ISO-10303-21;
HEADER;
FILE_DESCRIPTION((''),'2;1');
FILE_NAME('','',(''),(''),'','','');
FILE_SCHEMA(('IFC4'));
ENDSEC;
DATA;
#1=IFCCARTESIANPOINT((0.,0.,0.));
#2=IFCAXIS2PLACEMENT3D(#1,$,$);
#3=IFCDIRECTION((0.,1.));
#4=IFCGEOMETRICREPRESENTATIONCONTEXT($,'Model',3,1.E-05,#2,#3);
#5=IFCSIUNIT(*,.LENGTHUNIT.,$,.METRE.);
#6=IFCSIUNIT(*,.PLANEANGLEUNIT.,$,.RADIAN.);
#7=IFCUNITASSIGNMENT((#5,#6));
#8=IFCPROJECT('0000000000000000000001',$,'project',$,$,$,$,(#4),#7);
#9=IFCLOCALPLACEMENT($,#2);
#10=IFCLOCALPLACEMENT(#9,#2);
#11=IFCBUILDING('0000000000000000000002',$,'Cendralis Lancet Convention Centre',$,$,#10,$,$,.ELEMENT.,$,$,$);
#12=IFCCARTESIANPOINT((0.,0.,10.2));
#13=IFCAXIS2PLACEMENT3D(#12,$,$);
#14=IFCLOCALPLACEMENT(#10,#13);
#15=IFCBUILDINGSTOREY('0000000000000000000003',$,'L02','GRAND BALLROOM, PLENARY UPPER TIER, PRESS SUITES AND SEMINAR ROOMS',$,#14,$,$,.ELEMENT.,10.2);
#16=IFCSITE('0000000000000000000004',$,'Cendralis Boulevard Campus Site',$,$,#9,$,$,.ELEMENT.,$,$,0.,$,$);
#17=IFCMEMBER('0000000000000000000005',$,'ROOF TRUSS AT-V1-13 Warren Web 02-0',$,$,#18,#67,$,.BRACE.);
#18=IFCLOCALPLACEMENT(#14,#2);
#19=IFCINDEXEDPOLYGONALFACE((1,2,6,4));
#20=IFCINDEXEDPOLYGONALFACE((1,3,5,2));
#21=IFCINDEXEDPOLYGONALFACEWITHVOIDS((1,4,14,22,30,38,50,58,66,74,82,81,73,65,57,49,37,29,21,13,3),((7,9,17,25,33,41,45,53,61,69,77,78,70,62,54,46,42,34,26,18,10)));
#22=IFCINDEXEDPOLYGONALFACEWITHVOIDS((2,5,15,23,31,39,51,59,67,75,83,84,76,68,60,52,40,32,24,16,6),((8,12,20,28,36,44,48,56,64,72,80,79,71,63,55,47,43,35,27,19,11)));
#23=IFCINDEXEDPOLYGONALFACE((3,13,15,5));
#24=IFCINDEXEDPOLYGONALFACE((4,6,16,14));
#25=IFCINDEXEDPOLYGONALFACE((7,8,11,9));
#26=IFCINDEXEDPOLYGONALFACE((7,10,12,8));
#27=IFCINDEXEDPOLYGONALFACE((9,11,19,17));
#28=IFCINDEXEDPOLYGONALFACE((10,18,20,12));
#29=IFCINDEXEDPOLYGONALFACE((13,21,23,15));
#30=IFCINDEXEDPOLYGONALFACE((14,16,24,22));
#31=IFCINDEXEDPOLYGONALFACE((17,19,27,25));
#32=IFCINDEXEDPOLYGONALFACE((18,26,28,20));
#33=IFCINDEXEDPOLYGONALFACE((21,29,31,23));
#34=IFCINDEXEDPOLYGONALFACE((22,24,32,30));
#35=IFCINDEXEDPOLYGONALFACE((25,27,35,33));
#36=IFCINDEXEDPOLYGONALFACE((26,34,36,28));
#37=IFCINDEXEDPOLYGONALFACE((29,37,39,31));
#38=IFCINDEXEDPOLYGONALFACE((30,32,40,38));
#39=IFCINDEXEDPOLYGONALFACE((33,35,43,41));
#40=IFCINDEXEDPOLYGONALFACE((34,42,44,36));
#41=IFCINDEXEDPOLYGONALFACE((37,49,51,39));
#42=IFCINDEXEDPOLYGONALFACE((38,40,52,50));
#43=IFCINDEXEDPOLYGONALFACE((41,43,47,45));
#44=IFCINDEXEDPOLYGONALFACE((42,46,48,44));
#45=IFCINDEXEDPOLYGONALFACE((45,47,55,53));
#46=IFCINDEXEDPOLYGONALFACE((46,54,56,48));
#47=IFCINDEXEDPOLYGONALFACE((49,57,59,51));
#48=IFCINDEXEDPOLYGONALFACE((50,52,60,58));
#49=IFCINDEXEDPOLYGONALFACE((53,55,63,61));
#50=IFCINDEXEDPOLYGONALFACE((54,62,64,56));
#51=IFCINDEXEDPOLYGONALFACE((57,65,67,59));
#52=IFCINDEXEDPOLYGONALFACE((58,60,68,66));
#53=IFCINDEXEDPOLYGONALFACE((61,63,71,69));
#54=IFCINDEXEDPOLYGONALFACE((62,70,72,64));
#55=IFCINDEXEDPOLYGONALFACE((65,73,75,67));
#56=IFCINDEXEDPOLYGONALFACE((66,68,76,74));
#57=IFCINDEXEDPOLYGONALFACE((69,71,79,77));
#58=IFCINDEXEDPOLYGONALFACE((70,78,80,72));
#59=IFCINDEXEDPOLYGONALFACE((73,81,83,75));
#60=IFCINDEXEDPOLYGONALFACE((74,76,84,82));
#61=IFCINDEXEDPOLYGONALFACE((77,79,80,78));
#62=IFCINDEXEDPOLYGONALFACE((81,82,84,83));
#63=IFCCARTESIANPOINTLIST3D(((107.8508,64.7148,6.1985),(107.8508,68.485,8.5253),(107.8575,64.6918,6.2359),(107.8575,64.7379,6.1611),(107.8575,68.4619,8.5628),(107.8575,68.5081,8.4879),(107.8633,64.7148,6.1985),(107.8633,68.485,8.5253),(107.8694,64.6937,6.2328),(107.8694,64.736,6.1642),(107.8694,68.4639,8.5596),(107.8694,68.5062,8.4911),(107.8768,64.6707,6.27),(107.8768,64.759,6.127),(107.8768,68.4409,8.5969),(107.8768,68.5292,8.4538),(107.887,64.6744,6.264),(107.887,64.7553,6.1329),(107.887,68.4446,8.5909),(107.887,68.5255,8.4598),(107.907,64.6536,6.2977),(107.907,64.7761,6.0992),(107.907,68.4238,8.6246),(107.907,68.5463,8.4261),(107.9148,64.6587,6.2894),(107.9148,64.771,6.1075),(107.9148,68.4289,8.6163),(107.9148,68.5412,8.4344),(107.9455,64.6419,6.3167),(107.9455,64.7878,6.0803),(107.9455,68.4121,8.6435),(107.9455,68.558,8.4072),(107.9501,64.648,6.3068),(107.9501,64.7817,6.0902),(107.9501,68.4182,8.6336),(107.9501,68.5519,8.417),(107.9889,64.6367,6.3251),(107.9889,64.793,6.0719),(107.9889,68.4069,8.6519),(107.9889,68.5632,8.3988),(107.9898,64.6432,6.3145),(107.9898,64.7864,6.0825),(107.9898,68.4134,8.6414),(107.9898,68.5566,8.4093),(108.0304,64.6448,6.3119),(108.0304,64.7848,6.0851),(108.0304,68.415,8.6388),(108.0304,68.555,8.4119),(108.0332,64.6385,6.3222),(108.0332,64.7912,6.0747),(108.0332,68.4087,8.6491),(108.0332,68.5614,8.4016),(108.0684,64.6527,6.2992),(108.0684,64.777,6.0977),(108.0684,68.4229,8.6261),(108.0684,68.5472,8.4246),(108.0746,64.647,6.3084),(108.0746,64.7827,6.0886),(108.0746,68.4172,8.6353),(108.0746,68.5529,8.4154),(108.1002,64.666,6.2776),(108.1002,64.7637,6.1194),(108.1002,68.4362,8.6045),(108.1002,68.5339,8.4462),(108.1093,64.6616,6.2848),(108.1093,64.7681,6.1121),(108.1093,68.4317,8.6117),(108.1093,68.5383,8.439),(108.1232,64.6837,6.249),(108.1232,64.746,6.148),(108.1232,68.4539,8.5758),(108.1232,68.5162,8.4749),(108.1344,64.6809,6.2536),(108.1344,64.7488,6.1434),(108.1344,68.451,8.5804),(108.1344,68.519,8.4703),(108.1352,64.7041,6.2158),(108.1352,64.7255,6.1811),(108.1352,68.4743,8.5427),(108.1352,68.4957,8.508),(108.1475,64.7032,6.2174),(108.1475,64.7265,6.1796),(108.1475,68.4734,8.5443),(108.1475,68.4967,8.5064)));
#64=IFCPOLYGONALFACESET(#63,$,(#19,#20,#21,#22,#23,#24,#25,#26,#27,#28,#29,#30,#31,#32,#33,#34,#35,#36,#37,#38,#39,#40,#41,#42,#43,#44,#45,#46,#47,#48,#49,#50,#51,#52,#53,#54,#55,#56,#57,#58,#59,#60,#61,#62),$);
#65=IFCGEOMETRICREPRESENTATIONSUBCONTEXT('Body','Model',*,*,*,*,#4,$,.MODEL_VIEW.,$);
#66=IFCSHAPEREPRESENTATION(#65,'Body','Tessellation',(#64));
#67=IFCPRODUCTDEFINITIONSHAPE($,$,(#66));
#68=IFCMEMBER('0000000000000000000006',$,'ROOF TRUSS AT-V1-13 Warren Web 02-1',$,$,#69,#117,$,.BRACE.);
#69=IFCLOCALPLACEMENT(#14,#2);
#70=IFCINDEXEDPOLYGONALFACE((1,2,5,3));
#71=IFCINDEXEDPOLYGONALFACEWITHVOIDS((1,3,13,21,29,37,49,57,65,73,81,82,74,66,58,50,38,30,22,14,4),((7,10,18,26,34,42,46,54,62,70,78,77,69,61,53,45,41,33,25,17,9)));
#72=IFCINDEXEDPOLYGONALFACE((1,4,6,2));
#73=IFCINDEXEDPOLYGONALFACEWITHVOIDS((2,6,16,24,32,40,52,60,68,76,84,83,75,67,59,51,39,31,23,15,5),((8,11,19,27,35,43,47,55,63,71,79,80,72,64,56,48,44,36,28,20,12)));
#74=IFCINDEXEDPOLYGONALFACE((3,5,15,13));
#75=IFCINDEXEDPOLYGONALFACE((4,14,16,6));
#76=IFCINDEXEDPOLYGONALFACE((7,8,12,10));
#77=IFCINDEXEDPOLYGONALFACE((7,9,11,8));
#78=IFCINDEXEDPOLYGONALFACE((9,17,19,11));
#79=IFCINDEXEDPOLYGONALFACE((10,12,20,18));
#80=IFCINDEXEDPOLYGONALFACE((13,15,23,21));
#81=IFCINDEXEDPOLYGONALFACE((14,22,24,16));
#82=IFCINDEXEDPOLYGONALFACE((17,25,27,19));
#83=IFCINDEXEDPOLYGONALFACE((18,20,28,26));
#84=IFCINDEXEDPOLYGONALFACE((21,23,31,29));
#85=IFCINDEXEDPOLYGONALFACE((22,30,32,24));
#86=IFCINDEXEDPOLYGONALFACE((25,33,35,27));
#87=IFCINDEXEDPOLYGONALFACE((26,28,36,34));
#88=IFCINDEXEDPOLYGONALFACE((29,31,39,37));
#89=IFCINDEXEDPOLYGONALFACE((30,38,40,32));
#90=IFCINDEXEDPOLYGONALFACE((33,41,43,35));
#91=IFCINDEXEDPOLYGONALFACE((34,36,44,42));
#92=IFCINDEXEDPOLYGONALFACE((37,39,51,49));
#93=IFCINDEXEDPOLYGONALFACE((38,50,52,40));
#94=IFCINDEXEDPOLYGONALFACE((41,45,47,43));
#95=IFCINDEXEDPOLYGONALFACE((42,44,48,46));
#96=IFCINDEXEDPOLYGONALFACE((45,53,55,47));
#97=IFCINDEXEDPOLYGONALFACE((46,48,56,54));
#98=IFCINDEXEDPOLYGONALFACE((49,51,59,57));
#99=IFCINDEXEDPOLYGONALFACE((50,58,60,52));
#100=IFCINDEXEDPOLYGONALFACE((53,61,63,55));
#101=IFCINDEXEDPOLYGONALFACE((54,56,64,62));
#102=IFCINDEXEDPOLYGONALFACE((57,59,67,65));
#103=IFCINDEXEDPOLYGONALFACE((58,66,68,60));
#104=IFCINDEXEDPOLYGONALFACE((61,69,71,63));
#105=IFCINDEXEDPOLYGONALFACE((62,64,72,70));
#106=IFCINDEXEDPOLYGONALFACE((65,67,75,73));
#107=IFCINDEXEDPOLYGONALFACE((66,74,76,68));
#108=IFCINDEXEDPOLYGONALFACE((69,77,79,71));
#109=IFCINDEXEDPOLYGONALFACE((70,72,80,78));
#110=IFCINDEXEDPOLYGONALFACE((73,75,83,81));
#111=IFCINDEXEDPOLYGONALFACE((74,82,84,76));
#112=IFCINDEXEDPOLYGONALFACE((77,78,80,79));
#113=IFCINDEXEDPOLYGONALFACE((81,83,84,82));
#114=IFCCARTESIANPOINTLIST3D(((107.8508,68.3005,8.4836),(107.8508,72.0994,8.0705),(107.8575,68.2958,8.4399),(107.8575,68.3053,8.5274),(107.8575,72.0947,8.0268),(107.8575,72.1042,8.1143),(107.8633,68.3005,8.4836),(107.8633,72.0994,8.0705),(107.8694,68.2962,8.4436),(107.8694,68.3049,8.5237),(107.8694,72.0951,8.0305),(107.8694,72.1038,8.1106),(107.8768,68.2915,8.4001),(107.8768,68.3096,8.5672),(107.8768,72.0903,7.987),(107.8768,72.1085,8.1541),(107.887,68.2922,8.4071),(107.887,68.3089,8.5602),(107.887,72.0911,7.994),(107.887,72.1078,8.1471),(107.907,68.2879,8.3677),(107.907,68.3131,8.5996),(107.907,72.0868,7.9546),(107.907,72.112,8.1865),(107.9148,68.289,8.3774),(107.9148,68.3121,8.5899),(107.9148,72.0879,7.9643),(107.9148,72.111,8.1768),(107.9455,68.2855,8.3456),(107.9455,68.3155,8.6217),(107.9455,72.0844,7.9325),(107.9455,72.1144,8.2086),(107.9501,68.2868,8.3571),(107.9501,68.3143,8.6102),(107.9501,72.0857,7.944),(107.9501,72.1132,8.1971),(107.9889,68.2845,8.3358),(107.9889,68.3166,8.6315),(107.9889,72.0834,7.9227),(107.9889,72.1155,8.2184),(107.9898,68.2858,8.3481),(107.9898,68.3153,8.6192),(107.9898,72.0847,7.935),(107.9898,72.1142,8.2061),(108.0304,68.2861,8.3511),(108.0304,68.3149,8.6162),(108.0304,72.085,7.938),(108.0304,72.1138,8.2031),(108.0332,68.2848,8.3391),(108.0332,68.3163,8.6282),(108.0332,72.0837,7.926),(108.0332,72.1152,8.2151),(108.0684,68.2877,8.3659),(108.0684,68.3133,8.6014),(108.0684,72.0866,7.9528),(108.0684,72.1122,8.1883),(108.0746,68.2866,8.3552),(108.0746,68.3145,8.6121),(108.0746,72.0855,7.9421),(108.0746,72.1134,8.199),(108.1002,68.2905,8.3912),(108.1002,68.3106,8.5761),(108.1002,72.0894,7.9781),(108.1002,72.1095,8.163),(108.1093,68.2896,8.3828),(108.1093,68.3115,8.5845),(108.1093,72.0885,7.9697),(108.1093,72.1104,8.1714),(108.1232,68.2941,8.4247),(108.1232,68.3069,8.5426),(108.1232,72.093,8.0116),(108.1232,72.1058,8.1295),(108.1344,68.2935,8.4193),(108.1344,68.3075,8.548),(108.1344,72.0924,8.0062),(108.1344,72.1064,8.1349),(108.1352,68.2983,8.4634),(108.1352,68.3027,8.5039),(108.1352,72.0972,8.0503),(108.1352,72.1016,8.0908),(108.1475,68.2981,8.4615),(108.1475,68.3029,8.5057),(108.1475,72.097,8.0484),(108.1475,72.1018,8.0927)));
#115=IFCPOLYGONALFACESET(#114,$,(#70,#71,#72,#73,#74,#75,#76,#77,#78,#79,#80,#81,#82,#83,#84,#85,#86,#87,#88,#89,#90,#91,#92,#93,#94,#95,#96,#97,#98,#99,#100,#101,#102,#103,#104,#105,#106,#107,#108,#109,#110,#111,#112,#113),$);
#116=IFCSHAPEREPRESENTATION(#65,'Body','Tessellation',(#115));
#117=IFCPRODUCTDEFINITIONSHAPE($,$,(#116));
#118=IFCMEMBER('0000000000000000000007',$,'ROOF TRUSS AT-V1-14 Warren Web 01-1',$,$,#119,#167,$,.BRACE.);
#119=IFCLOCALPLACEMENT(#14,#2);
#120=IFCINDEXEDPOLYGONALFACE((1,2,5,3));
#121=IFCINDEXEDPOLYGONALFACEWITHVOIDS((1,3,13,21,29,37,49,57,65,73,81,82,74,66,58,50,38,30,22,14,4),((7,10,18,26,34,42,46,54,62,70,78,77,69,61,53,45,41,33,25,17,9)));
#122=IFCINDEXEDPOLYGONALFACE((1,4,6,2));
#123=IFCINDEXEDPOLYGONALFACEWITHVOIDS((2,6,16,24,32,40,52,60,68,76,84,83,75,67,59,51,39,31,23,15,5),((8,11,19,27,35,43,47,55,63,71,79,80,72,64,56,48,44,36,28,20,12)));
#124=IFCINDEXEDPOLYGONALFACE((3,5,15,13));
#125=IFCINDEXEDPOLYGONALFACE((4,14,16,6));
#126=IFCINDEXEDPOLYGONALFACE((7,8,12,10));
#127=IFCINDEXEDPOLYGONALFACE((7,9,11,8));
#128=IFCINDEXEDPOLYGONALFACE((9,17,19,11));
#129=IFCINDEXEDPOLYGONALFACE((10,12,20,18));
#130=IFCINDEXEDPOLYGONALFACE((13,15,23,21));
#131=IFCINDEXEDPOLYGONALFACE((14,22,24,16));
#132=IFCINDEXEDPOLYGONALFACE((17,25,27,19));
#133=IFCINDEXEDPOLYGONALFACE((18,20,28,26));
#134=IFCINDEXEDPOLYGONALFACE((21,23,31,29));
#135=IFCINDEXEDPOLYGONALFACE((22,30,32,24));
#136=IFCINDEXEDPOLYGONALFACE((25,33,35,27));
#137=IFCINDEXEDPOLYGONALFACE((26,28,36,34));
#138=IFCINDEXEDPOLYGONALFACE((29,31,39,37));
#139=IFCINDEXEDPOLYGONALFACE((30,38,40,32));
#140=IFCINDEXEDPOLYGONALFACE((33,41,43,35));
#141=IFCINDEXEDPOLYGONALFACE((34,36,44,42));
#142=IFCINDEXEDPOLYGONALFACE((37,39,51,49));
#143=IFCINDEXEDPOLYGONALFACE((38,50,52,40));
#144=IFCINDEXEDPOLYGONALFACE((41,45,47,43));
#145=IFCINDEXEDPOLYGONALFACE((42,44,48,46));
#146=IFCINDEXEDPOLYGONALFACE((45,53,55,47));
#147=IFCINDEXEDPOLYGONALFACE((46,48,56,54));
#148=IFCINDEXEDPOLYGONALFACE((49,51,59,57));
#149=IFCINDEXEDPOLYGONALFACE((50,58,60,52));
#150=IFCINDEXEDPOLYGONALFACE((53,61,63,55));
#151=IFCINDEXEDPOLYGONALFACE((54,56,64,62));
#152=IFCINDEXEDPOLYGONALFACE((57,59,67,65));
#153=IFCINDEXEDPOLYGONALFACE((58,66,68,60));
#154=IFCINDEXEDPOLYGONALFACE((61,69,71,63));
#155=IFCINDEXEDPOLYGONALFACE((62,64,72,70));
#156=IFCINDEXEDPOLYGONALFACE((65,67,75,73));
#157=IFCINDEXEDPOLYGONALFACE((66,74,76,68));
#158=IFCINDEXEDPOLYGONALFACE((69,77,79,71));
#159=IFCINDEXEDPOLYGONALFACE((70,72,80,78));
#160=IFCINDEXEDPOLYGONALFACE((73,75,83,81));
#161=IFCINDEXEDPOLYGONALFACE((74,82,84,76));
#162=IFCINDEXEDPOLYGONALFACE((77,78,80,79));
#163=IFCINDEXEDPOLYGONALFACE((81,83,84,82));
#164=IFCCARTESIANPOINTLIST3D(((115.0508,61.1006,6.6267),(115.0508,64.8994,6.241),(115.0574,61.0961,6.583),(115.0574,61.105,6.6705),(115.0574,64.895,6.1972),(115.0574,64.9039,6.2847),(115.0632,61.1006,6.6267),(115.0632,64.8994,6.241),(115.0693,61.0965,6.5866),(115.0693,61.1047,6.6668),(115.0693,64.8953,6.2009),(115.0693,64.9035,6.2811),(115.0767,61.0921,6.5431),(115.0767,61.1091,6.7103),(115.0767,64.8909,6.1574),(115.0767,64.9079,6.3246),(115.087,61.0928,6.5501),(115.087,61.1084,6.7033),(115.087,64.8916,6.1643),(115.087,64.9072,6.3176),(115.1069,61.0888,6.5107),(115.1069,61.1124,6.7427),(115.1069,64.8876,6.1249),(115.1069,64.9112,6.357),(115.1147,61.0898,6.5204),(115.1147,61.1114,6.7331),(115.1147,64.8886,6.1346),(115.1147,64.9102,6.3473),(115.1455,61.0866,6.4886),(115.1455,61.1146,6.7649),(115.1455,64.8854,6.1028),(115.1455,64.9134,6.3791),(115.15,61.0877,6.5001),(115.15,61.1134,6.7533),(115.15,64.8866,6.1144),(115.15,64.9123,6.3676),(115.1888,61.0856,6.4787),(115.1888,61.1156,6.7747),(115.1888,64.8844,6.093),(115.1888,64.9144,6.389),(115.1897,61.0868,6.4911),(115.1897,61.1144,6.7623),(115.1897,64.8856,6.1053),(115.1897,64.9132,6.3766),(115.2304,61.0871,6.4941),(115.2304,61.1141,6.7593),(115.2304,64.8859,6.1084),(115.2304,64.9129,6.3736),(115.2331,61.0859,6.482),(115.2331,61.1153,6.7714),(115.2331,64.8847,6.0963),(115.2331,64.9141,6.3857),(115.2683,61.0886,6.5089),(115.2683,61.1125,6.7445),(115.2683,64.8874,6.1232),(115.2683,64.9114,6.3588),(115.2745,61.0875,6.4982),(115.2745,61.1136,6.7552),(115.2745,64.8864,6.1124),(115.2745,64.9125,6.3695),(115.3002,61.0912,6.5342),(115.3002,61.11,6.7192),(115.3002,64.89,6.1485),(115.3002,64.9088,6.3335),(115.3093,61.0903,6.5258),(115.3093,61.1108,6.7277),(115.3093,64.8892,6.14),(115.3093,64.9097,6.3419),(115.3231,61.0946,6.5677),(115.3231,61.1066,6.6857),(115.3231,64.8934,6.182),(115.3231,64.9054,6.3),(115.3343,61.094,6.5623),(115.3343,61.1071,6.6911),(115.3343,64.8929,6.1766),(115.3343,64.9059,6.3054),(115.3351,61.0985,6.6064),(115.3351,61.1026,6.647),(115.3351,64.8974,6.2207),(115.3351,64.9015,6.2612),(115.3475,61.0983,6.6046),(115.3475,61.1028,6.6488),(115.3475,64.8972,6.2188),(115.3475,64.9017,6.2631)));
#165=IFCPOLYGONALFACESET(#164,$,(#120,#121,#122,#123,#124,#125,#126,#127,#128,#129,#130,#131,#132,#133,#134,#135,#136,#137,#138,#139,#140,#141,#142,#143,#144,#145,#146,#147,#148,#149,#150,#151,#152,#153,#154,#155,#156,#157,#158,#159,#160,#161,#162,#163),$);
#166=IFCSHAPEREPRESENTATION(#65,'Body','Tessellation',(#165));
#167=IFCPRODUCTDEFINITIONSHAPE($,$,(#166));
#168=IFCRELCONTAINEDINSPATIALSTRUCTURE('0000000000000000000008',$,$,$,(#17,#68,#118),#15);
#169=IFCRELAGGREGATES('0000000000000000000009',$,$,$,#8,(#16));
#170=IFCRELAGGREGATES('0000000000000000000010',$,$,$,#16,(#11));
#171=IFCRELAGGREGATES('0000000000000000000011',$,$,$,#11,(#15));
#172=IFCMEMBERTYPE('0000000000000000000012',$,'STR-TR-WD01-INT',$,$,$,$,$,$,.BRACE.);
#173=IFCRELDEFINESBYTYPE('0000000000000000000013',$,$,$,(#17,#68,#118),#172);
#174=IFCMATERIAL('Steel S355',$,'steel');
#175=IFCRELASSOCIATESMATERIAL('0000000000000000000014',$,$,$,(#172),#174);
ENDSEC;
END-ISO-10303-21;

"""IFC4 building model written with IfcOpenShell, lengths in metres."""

from ifc_helpers import new_model, si_unit, direction, frame, origin, origin_2d, place, context, subcontext, project, spatial, hollow_circle, extrude, material, material_profile, profile_set, type_object, element, save


model = new_model("IFC4")

# Units and contexts
model_context = context("Model", 3, precision=1e-05, world=origin(), true_north=direction((0.0, 1.0)))
body_context = subcontext(model_context, "Body", "Model", "MODEL_VIEW")
ifc_project = project(units=[si_unit("LENGTHUNIT", "METRE"), si_unit("PLANEANGLEUNIT", "RADIAN")], contexts=[model_context])

# Site, building, storey
site_placement = place(None, origin())
site = spatial("IfcSite", under=ifc_project, at=site_placement, Name="Cendralis Boulevard Campus Site", CompositionType="ELEMENT", RefElevation=0.0)
building_placement = place(site_placement, origin())
building = spatial("IfcBuilding", under=site, at=building_placement, Name="Cendralis Lancet Convention Centre", CompositionType="ELEMENT")
storey_placement = place(building_placement, frame((0.0, 0.0, 10.2)))
storey = spatial("IfcBuildingStorey", under=building, at=storey_placement, Name="L02", Description="GRAND BALLROOM, PLENARY UPPER TIER, PRESS SUITES AND SEMINAR ROOMS", CompositionType="ELEMENT", Elevation=10.2)

# Members
ifc_material = material(Name="Steel S355", Category="steel")
ifc_material_profile_1 = material_profile(ifc_material, hollow_circle(Radius=0.1492, WallThickness=0.0125, at=origin_2d()), Name="CHS 298.5x12.5")
ifc_profile_set_1 = profile_set([ifc_material_profile_1], Name="Steel S355")
member_type_1 = type_object("IfcMemberType", Name="STR-TR-WD01-INT", PredefinedType="BRACE", material=ifc_profile_set_1)
member_1_placement = place(storey_placement, frame((108.0, 64.7148, 6.1985), z_axis=(0.0, 0.850978, 0.525201), x_axis=(-1.0, 0.0, 0.0)))
element("IfcMember", 1, at=member_1_placement, inside=storey, type_object=member_type_1, Name="ROOF TRUSS AT-V1-13 Warren Web 02-0", PredefinedType="BRACE", context=body_context, shape_type="SweptSolid", body=[
    extrude(hollow_circle(Radius=0.1492, WallThickness=0.0125, at=origin_2d()), origin(), (0.0, 0.0, 1.0), 4.4304),
])
member_2_placement = place(storey_placement, frame((108.0, 68.3005, 8.4836), z_axis=(0.0, 0.99414, -0.108103), x_axis=(-1.0, 0.0, 0.0)))
element("IfcMember", 2, at=member_2_placement, inside=storey, type_object=member_type_1, Name="ROOF TRUSS AT-V1-13 Warren Web 02-1", PredefinedType="BRACE", context=body_context, shape_type="SweptSolid", body=[
    extrude(hollow_circle(Radius=0.1492, WallThickness=0.0125, at=origin_2d()), origin(), (0.0, 0.0, 1.0), 3.8213),
])
member_3_placement = place(storey_placement, frame((115.2, 61.1006, 6.6267), z_axis=(0.0, 0.994884, -0.101023), x_axis=(-1.0, 0.0, 0.0)))
element("IfcMember", 3, at=member_3_placement, inside=storey, type_object=member_type_1, Name="ROOF TRUSS AT-V1-14 Warren Web 01-1", PredefinedType="BRACE", context=body_context, shape_type="SweptSolid", body=[
    extrude(hollow_circle(Radius=0.1492, WallThickness=0.0125, at=origin_2d()), origin(), (0.0, 0.0, 1.0), 3.8184),
])

save(model, "model.ifc")
